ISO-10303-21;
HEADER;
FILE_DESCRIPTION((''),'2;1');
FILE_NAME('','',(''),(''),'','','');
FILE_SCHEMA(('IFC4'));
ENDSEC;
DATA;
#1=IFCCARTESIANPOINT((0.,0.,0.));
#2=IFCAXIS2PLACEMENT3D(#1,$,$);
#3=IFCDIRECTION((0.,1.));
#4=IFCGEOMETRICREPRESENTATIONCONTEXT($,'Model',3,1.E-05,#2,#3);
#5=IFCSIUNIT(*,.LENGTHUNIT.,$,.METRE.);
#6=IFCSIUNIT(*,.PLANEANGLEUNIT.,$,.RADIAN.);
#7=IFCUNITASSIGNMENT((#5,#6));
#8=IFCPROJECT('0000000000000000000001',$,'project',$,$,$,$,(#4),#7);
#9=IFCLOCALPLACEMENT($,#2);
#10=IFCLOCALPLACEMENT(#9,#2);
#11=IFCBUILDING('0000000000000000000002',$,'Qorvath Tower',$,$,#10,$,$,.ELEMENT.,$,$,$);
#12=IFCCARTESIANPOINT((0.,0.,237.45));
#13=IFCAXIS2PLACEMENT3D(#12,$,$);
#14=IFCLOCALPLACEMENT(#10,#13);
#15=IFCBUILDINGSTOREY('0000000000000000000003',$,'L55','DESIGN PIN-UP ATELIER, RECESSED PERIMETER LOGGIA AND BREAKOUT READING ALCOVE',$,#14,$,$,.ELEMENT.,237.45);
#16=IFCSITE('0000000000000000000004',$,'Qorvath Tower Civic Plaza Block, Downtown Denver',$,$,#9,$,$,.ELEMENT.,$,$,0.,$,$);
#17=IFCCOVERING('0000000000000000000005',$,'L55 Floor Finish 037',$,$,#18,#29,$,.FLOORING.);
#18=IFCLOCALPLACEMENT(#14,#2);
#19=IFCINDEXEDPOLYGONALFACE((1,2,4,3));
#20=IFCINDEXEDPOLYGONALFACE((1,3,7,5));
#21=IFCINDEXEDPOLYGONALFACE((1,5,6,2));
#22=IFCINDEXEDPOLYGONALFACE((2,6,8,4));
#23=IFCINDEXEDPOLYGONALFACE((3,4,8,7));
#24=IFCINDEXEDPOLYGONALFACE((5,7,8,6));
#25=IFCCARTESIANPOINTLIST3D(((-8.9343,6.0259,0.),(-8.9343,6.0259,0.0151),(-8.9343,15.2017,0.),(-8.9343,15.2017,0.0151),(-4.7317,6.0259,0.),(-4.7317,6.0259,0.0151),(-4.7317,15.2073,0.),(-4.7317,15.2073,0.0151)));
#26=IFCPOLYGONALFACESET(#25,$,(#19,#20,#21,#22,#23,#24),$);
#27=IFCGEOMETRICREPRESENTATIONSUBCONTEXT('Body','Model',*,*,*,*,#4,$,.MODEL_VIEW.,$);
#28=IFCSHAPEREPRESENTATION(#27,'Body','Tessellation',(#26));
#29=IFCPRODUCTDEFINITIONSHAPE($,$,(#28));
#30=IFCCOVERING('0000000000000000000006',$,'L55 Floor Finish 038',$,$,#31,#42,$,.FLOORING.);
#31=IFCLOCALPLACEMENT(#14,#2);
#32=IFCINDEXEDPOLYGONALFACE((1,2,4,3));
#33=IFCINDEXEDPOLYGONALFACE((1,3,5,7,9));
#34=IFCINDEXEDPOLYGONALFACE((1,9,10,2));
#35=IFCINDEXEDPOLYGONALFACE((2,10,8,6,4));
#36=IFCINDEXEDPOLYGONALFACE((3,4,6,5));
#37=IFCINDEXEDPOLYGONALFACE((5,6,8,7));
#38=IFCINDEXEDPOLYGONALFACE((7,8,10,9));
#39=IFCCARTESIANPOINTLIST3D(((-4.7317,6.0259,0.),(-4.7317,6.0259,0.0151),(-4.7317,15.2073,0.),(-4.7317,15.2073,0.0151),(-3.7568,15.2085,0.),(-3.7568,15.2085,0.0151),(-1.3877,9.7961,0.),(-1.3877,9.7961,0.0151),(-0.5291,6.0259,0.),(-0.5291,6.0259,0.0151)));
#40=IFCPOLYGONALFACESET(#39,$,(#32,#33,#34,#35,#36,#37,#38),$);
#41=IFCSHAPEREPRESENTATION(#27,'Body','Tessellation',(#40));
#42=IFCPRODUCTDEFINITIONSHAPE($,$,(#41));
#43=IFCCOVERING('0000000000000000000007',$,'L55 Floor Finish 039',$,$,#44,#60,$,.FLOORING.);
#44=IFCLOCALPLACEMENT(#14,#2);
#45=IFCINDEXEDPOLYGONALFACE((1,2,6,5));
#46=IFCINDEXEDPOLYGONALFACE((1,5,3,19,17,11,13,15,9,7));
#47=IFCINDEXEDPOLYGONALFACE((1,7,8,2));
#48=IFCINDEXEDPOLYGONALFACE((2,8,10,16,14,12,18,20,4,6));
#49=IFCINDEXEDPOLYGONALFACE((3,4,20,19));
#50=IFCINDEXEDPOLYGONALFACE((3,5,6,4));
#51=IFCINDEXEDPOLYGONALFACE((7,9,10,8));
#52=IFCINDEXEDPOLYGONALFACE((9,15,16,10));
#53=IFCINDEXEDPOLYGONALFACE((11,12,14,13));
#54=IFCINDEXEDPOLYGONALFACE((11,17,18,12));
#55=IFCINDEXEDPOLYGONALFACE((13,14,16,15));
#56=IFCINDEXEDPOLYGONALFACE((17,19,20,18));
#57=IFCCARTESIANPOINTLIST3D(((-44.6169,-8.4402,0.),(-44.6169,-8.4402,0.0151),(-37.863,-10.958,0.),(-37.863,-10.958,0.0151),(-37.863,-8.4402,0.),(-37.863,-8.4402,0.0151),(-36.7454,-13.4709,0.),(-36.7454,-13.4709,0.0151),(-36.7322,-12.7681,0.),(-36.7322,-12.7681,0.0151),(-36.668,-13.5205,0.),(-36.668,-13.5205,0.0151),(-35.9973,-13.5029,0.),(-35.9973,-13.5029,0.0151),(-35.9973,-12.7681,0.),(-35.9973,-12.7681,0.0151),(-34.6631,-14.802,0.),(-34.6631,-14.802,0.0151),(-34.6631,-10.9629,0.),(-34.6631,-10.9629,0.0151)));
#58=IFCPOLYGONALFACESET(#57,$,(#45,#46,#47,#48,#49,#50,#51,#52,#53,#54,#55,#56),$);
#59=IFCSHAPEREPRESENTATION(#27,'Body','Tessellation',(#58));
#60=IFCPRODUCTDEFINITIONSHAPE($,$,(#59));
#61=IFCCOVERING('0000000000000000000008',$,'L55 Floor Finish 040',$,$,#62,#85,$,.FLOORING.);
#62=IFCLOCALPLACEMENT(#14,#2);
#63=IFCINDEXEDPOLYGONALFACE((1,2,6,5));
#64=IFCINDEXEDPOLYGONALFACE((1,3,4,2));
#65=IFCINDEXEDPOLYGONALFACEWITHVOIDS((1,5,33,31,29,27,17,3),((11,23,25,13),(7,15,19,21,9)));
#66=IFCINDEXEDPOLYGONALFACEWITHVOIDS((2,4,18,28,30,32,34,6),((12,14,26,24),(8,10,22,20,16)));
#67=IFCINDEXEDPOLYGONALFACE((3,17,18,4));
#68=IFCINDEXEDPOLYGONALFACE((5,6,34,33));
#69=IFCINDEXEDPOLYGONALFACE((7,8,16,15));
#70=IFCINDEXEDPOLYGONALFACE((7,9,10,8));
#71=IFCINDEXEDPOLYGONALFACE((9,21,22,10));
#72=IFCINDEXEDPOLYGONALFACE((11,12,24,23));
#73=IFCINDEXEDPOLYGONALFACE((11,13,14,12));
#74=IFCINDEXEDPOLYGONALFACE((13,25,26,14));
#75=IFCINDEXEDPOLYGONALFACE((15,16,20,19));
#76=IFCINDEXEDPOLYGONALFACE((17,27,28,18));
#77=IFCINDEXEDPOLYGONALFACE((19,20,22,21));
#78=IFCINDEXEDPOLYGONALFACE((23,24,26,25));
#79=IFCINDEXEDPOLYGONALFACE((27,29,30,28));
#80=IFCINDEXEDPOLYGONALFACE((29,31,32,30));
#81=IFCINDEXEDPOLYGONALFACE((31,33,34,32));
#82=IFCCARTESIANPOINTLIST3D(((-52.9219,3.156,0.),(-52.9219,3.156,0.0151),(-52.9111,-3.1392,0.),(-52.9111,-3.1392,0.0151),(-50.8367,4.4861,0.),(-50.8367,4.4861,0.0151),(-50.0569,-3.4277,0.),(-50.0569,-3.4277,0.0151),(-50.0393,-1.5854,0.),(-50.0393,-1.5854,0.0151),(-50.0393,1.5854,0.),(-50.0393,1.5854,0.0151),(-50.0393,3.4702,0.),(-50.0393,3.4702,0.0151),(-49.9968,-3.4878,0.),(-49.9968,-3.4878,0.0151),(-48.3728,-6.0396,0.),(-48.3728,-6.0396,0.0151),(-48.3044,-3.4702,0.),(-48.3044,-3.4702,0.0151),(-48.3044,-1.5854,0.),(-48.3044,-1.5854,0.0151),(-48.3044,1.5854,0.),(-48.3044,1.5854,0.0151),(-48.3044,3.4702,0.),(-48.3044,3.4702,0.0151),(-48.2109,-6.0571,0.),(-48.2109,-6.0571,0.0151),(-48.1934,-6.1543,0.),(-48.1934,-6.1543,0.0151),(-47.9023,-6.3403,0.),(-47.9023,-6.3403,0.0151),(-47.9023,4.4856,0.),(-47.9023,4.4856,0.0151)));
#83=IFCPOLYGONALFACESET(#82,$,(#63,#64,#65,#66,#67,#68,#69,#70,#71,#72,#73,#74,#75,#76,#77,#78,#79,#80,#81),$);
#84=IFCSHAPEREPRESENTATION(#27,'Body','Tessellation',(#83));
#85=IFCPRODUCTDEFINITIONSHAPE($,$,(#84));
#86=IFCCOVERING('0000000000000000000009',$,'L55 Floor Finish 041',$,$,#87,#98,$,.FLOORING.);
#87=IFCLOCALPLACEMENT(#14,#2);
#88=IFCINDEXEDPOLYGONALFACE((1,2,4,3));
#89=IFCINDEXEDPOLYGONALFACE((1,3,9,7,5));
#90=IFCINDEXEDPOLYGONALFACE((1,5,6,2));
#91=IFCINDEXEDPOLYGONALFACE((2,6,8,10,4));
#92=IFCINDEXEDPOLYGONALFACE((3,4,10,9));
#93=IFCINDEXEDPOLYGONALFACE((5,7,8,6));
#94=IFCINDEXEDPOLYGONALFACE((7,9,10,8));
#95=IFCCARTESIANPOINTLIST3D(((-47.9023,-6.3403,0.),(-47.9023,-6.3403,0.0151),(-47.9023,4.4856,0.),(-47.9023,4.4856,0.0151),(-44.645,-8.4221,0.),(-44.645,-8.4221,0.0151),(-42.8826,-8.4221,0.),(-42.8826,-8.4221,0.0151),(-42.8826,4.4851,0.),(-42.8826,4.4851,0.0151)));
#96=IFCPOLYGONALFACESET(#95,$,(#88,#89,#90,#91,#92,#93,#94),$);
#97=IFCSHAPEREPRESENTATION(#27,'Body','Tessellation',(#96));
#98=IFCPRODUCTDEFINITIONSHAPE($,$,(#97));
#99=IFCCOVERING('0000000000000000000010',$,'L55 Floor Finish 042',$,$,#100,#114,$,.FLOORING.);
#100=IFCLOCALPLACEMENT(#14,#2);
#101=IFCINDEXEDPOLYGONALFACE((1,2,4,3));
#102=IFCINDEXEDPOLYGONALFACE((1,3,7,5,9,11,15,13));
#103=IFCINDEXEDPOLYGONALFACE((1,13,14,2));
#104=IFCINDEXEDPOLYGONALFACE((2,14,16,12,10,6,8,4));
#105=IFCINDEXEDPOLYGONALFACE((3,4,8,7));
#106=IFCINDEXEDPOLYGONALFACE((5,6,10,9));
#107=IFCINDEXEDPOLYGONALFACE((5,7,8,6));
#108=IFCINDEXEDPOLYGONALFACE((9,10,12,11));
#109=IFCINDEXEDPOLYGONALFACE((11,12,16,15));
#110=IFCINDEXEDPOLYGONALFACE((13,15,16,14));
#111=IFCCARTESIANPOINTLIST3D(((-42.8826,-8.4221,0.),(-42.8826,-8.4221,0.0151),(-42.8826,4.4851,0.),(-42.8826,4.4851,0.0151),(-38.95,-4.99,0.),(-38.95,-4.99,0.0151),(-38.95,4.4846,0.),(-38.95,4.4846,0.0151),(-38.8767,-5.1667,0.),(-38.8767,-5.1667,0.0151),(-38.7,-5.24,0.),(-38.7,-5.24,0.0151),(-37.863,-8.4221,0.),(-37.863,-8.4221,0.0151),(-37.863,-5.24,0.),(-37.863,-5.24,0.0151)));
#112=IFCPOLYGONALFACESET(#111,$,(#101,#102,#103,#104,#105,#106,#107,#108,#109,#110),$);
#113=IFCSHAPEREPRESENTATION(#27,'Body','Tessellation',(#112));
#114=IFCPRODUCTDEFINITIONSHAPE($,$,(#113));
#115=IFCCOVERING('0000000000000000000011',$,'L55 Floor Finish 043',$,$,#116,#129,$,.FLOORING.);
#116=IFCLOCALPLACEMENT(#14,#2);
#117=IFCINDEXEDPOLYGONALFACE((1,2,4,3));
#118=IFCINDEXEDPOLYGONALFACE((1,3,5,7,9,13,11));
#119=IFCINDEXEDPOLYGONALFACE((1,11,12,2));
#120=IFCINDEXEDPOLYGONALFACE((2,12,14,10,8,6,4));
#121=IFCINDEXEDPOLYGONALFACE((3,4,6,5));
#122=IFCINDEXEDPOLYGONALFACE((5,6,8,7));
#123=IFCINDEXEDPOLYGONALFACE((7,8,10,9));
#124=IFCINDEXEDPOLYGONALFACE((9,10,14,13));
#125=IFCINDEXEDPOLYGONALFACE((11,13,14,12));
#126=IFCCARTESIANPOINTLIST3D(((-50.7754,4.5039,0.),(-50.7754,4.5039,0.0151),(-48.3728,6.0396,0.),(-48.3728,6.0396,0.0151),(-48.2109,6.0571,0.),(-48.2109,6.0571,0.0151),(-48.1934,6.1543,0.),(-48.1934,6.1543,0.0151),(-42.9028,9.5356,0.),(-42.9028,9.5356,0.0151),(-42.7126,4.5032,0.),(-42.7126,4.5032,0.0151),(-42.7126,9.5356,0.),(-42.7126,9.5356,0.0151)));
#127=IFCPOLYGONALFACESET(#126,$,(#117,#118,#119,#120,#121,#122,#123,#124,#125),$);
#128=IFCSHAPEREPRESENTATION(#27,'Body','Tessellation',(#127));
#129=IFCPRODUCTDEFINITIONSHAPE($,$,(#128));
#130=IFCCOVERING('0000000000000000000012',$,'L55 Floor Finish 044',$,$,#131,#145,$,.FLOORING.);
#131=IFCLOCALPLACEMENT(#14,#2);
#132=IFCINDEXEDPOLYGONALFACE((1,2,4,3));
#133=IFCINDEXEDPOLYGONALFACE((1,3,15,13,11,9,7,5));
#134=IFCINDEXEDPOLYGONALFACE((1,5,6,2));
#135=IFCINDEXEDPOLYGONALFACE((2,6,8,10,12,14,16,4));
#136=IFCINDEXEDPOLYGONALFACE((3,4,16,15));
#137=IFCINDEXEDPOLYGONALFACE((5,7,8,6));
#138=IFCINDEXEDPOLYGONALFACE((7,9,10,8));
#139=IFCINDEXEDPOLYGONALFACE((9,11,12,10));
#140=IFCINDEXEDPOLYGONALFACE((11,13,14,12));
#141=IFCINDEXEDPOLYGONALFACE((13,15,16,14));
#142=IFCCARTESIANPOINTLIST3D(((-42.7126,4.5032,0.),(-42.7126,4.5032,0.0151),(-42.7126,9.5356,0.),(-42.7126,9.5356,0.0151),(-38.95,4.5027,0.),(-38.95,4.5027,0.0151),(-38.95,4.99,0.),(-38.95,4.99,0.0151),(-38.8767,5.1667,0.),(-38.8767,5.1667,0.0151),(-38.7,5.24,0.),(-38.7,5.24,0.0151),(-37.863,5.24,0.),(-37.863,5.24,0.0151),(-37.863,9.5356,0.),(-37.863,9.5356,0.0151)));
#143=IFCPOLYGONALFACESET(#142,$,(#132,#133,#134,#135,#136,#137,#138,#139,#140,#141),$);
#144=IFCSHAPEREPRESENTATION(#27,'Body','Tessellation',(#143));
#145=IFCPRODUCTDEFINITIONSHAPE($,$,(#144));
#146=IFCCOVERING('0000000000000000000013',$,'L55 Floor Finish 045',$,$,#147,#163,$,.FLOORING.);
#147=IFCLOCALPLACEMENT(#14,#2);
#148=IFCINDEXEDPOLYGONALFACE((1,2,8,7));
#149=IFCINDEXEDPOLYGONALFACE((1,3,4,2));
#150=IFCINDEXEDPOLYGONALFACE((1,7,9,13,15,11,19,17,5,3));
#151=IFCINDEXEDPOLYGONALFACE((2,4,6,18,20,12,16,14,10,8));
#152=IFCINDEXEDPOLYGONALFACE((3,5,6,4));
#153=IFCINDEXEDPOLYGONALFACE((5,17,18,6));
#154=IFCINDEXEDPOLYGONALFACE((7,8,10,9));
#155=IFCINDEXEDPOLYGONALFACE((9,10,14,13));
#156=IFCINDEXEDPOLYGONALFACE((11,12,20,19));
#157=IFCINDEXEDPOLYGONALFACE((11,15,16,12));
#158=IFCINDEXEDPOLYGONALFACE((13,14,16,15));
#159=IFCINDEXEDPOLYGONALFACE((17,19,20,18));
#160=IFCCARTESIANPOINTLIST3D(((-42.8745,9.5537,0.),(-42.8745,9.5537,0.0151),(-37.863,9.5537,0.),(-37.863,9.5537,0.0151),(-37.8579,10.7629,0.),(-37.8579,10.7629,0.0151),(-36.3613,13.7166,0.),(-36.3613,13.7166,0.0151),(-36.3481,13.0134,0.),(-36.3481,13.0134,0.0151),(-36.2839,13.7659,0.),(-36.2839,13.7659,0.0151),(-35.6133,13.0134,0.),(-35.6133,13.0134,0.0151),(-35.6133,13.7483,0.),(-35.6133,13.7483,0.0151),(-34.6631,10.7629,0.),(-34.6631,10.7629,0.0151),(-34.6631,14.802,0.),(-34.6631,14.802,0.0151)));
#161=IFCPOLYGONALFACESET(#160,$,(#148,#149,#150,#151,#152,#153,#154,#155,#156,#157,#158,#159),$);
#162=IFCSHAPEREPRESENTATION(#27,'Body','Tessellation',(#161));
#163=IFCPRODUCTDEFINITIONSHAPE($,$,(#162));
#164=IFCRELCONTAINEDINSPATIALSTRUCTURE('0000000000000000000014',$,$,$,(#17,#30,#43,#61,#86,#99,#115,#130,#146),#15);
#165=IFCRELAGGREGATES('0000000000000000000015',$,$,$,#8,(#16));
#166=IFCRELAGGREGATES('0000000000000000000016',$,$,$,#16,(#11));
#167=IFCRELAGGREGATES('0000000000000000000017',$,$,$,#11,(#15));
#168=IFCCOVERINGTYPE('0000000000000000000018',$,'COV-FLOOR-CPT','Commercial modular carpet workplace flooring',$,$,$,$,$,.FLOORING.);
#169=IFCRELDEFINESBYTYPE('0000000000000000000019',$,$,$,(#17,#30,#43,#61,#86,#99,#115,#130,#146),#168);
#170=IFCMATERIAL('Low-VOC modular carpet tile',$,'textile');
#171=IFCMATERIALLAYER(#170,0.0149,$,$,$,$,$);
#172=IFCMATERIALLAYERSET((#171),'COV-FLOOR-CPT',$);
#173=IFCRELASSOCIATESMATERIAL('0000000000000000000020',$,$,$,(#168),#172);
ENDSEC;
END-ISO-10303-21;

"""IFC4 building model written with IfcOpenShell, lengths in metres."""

from ifc_helpers import new_model, si_unit, direction, frame, origin, place, context, subcontext, project, spatial, polyline, outline, extrude, material, layer, layer_set, type_object, element, save


model = new_model("IFC4")

# Units and contexts
model_context = context("Model", 3, precision=1e-05, world=origin(), true_north=direction((0.0, 1.0)))
body_context = subcontext(model_context, "Body", "Model", "MODEL_VIEW")
ifc_project = project(units=[si_unit("LENGTHUNIT", "METRE"), si_unit("PLANEANGLEUNIT", "RADIAN")], contexts=[model_context])

# Site, building, storey
site_placement = place(None, origin())
site = spatial("IfcSite", under=ifc_project, at=site_placement, Name="Qorvath Tower Civic Plaza Block, Downtown Denver", CompositionType="ELEMENT", RefElevation=0.0)
building_placement = place(site_placement, origin())
building = spatial("IfcBuilding", under=site, at=building_placement, Name="Qorvath Tower", CompositionType="ELEMENT")
storey_placement = place(building_placement, frame((0.0, 0.0, 237.45)))
storey = spatial("IfcBuildingStorey", under=building, at=storey_placement, Name="L55", Description="DESIGN PIN-UP ATELIER, RECESSED PERIMETER LOGGIA AND BREAKOUT READING ALCOVE", CompositionType="ELEMENT", Elevation=237.45)

# Coverings
ifc_material_1 = material(Name="Low-VOC modular carpet tile", Category="textile")
ifc_layer_1 = layer(ifc_material_1, 0.0149)
ifc_layer_set_1 = layer_set([ifc_layer_1], Name="COV-FLOOR-CPT")
covering_type_1 = type_object("IfcCoveringType", Name="COV-FLOOR-CPT", Description="Commercial modular carpet workplace flooring", PredefinedType="FLOORING", material=ifc_layer_set_1)
covering_1_placement = place(storey_placement, origin())
element("IfcCovering", 1, at=covering_1_placement, inside=storey, type_object=covering_type_1, Name="L55 Floor Finish 037", PredefinedType="FLOORING", context=body_context, shape_type="SweptSolid", body=[
    extrude(outline(polyline([(-8.9343, 15.2017), (-8.9343, 6.0259), (-4.7317, 6.0259), (-4.7317, 15.2073), (-8.9343, 15.2017)])), origin(), (0.0, 0.0, 1.0), 0.0151),
])
covering_2_placement = place(storey_placement, origin())
element("IfcCovering", 2, at=covering_2_placement, inside=storey, type_object=covering_type_1, Name="L55 Floor Finish 038", PredefinedType="FLOORING", context=body_context, shape_type="SweptSolid", body=[
    extrude(outline(polyline([(-4.7317, 15.2073), (-4.7317, 6.0259), (-0.5291, 6.0259), (-1.3877, 9.7961), (-3.7568, 15.2085), (-4.7317, 15.2073)])), origin(), (0.0, 0.0, 1.0), 0.0151),
])
covering_3_placement = place(storey_placement, origin())
element("IfcCovering", 3, at=covering_3_placement, inside=storey, type_object=covering_type_1, Name="L55 Floor Finish 039", PredefinedType="FLOORING", context=body_context, shape_type="SweptSolid", body=[
    extrude(outline(polyline([(-37.863, -8.4402), (-44.6169, -8.4402), (-36.7454, -13.4709), (-36.7322, -12.7681), (-35.9973, -12.7681), (-35.9973, -13.5029), (-36.668, -13.5205), (-34.6631, -14.802), (-34.6631, -10.9629), (-37.863, -10.958), (-37.863, -8.4402)])), origin(), (0.0, 0.0, 1.0), 0.0151),
])
covering_4_placement = place(storey_placement, origin())
element("IfcCovering", 4, at=covering_4_placement, inside=storey, type_object=covering_type_1, Name="L55 Floor Finish 040", PredefinedType="FLOORING", context=body_context, shape_type="SweptSolid", body=[
    extrude(outline(polyline([(-52.9219, 3.156), (-52.9111, -3.1392), (-48.3728, -6.0396), (-48.2109, -6.0571), (-48.1934, -6.1543), (-47.9023, -6.3403), (-47.9023, 4.4856), (-50.8367, 4.4861), (-52.9219, 3.156)]), holes=[polyline([(-50.0569, -3.4277), (-50.0393, -1.5854), (-48.3044, -1.5854), (-48.3044, -3.4702), (-49.9968, -3.4878), (-50.0569, -3.4277)]), polyline([(-50.0393, 1.5854), (-50.0393, 3.4702), (-48.3044, 3.4702), (-48.3044, 1.5854), (-50.0393, 1.5854)])]), origin(), (0.0, 0.0, 1.0), 0.0151),
])
covering_5_placement = place(storey_placement, origin())
element("IfcCovering", 5, at=covering_5_placement, inside=storey, type_object=covering_type_1, Name="L55 Floor Finish 041", PredefinedType="FLOORING", context=body_context, shape_type="SweptSolid", body=[
    extrude(outline(polyline([(-47.9023, 4.4856), (-47.9023, -6.3403), (-44.645, -8.4221), (-42.8826, -8.4221), (-42.8826, 4.4851), (-47.9023, 4.4856)])), origin(), (0.0, 0.0, 1.0), 0.0151),
])
covering_6_placement = place(storey_placement, origin())
element("IfcCovering", 6, at=covering_6_placement, inside=storey, type_object=covering_type_1, Name="L55 Floor Finish 042", PredefinedType="FLOORING", context=body_context, shape_type="SweptSolid", body=[
    extrude(outline(polyline([(-42.8826, 4.4851), (-42.8826, -8.4221), (-37.863, -8.4221), (-37.863, -5.24), (-38.7, -5.24), (-38.8767, -5.1667), (-38.95, -4.99), (-38.95, 4.4846), (-42.8826, 4.4851)])), origin(), (0.0, 0.0, 1.0), 0.0151),
])
covering_7_placement = place(storey_placement, origin())
element("IfcCovering", 7, at=covering_7_placement, inside=storey, type_object=covering_type_1, Name="L55 Floor Finish 043", PredefinedType="FLOORING", context=body_context, shape_type="SweptSolid", body=[
    extrude(outline(polyline([(-42.7126, 4.5032), (-42.7126, 9.5356), (-42.9028, 9.5356), (-48.1934, 6.1543), (-48.2109, 6.0571), (-48.3728, 6.0396), (-50.7754, 4.5039), (-42.7126, 4.5032)])), origin(), (0.0, 0.0, 1.0), 0.0151),
])
covering_8_placement = place(storey_placement, origin())
element("IfcCovering", 8, at=covering_8_placement, inside=storey, type_object=covering_type_1, Name="L55 Floor Finish 044", PredefinedType="FLOORING", context=body_context, shape_type="SweptSolid", body=[
    extrude(outline(polyline([(-37.863, 9.5356), (-42.7126, 9.5356), (-42.7126, 4.5032), (-38.95, 4.5027), (-38.95, 4.99), (-38.8767, 5.1667), (-38.7, 5.24), (-37.863, 5.24), (-37.863, 9.5356)])), origin(), (0.0, 0.0, 1.0), 0.0151),
])
covering_9_placement = place(storey_placement, origin())
element("IfcCovering", 9, at=covering_9_placement, inside=storey, type_object=covering_type_1, Name="L55 Floor Finish 045", PredefinedType="FLOORING", context=body_context, shape_type="SweptSolid", body=[
    extrude(outline(polyline([(-34.6631, 10.7629), (-34.6631, 14.802), (-36.2839, 13.7659), (-35.6133, 13.7483), (-35.6133, 13.0134), (-36.3481, 13.0134), (-36.3613, 13.7166), (-42.8745, 9.5537), (-37.863, 9.5537), (-37.8579, 10.7629), (-34.6631, 10.7629)])), origin(), (0.0, 0.0, 1.0), 0.0151),
])

save(model, "model.ifc")
